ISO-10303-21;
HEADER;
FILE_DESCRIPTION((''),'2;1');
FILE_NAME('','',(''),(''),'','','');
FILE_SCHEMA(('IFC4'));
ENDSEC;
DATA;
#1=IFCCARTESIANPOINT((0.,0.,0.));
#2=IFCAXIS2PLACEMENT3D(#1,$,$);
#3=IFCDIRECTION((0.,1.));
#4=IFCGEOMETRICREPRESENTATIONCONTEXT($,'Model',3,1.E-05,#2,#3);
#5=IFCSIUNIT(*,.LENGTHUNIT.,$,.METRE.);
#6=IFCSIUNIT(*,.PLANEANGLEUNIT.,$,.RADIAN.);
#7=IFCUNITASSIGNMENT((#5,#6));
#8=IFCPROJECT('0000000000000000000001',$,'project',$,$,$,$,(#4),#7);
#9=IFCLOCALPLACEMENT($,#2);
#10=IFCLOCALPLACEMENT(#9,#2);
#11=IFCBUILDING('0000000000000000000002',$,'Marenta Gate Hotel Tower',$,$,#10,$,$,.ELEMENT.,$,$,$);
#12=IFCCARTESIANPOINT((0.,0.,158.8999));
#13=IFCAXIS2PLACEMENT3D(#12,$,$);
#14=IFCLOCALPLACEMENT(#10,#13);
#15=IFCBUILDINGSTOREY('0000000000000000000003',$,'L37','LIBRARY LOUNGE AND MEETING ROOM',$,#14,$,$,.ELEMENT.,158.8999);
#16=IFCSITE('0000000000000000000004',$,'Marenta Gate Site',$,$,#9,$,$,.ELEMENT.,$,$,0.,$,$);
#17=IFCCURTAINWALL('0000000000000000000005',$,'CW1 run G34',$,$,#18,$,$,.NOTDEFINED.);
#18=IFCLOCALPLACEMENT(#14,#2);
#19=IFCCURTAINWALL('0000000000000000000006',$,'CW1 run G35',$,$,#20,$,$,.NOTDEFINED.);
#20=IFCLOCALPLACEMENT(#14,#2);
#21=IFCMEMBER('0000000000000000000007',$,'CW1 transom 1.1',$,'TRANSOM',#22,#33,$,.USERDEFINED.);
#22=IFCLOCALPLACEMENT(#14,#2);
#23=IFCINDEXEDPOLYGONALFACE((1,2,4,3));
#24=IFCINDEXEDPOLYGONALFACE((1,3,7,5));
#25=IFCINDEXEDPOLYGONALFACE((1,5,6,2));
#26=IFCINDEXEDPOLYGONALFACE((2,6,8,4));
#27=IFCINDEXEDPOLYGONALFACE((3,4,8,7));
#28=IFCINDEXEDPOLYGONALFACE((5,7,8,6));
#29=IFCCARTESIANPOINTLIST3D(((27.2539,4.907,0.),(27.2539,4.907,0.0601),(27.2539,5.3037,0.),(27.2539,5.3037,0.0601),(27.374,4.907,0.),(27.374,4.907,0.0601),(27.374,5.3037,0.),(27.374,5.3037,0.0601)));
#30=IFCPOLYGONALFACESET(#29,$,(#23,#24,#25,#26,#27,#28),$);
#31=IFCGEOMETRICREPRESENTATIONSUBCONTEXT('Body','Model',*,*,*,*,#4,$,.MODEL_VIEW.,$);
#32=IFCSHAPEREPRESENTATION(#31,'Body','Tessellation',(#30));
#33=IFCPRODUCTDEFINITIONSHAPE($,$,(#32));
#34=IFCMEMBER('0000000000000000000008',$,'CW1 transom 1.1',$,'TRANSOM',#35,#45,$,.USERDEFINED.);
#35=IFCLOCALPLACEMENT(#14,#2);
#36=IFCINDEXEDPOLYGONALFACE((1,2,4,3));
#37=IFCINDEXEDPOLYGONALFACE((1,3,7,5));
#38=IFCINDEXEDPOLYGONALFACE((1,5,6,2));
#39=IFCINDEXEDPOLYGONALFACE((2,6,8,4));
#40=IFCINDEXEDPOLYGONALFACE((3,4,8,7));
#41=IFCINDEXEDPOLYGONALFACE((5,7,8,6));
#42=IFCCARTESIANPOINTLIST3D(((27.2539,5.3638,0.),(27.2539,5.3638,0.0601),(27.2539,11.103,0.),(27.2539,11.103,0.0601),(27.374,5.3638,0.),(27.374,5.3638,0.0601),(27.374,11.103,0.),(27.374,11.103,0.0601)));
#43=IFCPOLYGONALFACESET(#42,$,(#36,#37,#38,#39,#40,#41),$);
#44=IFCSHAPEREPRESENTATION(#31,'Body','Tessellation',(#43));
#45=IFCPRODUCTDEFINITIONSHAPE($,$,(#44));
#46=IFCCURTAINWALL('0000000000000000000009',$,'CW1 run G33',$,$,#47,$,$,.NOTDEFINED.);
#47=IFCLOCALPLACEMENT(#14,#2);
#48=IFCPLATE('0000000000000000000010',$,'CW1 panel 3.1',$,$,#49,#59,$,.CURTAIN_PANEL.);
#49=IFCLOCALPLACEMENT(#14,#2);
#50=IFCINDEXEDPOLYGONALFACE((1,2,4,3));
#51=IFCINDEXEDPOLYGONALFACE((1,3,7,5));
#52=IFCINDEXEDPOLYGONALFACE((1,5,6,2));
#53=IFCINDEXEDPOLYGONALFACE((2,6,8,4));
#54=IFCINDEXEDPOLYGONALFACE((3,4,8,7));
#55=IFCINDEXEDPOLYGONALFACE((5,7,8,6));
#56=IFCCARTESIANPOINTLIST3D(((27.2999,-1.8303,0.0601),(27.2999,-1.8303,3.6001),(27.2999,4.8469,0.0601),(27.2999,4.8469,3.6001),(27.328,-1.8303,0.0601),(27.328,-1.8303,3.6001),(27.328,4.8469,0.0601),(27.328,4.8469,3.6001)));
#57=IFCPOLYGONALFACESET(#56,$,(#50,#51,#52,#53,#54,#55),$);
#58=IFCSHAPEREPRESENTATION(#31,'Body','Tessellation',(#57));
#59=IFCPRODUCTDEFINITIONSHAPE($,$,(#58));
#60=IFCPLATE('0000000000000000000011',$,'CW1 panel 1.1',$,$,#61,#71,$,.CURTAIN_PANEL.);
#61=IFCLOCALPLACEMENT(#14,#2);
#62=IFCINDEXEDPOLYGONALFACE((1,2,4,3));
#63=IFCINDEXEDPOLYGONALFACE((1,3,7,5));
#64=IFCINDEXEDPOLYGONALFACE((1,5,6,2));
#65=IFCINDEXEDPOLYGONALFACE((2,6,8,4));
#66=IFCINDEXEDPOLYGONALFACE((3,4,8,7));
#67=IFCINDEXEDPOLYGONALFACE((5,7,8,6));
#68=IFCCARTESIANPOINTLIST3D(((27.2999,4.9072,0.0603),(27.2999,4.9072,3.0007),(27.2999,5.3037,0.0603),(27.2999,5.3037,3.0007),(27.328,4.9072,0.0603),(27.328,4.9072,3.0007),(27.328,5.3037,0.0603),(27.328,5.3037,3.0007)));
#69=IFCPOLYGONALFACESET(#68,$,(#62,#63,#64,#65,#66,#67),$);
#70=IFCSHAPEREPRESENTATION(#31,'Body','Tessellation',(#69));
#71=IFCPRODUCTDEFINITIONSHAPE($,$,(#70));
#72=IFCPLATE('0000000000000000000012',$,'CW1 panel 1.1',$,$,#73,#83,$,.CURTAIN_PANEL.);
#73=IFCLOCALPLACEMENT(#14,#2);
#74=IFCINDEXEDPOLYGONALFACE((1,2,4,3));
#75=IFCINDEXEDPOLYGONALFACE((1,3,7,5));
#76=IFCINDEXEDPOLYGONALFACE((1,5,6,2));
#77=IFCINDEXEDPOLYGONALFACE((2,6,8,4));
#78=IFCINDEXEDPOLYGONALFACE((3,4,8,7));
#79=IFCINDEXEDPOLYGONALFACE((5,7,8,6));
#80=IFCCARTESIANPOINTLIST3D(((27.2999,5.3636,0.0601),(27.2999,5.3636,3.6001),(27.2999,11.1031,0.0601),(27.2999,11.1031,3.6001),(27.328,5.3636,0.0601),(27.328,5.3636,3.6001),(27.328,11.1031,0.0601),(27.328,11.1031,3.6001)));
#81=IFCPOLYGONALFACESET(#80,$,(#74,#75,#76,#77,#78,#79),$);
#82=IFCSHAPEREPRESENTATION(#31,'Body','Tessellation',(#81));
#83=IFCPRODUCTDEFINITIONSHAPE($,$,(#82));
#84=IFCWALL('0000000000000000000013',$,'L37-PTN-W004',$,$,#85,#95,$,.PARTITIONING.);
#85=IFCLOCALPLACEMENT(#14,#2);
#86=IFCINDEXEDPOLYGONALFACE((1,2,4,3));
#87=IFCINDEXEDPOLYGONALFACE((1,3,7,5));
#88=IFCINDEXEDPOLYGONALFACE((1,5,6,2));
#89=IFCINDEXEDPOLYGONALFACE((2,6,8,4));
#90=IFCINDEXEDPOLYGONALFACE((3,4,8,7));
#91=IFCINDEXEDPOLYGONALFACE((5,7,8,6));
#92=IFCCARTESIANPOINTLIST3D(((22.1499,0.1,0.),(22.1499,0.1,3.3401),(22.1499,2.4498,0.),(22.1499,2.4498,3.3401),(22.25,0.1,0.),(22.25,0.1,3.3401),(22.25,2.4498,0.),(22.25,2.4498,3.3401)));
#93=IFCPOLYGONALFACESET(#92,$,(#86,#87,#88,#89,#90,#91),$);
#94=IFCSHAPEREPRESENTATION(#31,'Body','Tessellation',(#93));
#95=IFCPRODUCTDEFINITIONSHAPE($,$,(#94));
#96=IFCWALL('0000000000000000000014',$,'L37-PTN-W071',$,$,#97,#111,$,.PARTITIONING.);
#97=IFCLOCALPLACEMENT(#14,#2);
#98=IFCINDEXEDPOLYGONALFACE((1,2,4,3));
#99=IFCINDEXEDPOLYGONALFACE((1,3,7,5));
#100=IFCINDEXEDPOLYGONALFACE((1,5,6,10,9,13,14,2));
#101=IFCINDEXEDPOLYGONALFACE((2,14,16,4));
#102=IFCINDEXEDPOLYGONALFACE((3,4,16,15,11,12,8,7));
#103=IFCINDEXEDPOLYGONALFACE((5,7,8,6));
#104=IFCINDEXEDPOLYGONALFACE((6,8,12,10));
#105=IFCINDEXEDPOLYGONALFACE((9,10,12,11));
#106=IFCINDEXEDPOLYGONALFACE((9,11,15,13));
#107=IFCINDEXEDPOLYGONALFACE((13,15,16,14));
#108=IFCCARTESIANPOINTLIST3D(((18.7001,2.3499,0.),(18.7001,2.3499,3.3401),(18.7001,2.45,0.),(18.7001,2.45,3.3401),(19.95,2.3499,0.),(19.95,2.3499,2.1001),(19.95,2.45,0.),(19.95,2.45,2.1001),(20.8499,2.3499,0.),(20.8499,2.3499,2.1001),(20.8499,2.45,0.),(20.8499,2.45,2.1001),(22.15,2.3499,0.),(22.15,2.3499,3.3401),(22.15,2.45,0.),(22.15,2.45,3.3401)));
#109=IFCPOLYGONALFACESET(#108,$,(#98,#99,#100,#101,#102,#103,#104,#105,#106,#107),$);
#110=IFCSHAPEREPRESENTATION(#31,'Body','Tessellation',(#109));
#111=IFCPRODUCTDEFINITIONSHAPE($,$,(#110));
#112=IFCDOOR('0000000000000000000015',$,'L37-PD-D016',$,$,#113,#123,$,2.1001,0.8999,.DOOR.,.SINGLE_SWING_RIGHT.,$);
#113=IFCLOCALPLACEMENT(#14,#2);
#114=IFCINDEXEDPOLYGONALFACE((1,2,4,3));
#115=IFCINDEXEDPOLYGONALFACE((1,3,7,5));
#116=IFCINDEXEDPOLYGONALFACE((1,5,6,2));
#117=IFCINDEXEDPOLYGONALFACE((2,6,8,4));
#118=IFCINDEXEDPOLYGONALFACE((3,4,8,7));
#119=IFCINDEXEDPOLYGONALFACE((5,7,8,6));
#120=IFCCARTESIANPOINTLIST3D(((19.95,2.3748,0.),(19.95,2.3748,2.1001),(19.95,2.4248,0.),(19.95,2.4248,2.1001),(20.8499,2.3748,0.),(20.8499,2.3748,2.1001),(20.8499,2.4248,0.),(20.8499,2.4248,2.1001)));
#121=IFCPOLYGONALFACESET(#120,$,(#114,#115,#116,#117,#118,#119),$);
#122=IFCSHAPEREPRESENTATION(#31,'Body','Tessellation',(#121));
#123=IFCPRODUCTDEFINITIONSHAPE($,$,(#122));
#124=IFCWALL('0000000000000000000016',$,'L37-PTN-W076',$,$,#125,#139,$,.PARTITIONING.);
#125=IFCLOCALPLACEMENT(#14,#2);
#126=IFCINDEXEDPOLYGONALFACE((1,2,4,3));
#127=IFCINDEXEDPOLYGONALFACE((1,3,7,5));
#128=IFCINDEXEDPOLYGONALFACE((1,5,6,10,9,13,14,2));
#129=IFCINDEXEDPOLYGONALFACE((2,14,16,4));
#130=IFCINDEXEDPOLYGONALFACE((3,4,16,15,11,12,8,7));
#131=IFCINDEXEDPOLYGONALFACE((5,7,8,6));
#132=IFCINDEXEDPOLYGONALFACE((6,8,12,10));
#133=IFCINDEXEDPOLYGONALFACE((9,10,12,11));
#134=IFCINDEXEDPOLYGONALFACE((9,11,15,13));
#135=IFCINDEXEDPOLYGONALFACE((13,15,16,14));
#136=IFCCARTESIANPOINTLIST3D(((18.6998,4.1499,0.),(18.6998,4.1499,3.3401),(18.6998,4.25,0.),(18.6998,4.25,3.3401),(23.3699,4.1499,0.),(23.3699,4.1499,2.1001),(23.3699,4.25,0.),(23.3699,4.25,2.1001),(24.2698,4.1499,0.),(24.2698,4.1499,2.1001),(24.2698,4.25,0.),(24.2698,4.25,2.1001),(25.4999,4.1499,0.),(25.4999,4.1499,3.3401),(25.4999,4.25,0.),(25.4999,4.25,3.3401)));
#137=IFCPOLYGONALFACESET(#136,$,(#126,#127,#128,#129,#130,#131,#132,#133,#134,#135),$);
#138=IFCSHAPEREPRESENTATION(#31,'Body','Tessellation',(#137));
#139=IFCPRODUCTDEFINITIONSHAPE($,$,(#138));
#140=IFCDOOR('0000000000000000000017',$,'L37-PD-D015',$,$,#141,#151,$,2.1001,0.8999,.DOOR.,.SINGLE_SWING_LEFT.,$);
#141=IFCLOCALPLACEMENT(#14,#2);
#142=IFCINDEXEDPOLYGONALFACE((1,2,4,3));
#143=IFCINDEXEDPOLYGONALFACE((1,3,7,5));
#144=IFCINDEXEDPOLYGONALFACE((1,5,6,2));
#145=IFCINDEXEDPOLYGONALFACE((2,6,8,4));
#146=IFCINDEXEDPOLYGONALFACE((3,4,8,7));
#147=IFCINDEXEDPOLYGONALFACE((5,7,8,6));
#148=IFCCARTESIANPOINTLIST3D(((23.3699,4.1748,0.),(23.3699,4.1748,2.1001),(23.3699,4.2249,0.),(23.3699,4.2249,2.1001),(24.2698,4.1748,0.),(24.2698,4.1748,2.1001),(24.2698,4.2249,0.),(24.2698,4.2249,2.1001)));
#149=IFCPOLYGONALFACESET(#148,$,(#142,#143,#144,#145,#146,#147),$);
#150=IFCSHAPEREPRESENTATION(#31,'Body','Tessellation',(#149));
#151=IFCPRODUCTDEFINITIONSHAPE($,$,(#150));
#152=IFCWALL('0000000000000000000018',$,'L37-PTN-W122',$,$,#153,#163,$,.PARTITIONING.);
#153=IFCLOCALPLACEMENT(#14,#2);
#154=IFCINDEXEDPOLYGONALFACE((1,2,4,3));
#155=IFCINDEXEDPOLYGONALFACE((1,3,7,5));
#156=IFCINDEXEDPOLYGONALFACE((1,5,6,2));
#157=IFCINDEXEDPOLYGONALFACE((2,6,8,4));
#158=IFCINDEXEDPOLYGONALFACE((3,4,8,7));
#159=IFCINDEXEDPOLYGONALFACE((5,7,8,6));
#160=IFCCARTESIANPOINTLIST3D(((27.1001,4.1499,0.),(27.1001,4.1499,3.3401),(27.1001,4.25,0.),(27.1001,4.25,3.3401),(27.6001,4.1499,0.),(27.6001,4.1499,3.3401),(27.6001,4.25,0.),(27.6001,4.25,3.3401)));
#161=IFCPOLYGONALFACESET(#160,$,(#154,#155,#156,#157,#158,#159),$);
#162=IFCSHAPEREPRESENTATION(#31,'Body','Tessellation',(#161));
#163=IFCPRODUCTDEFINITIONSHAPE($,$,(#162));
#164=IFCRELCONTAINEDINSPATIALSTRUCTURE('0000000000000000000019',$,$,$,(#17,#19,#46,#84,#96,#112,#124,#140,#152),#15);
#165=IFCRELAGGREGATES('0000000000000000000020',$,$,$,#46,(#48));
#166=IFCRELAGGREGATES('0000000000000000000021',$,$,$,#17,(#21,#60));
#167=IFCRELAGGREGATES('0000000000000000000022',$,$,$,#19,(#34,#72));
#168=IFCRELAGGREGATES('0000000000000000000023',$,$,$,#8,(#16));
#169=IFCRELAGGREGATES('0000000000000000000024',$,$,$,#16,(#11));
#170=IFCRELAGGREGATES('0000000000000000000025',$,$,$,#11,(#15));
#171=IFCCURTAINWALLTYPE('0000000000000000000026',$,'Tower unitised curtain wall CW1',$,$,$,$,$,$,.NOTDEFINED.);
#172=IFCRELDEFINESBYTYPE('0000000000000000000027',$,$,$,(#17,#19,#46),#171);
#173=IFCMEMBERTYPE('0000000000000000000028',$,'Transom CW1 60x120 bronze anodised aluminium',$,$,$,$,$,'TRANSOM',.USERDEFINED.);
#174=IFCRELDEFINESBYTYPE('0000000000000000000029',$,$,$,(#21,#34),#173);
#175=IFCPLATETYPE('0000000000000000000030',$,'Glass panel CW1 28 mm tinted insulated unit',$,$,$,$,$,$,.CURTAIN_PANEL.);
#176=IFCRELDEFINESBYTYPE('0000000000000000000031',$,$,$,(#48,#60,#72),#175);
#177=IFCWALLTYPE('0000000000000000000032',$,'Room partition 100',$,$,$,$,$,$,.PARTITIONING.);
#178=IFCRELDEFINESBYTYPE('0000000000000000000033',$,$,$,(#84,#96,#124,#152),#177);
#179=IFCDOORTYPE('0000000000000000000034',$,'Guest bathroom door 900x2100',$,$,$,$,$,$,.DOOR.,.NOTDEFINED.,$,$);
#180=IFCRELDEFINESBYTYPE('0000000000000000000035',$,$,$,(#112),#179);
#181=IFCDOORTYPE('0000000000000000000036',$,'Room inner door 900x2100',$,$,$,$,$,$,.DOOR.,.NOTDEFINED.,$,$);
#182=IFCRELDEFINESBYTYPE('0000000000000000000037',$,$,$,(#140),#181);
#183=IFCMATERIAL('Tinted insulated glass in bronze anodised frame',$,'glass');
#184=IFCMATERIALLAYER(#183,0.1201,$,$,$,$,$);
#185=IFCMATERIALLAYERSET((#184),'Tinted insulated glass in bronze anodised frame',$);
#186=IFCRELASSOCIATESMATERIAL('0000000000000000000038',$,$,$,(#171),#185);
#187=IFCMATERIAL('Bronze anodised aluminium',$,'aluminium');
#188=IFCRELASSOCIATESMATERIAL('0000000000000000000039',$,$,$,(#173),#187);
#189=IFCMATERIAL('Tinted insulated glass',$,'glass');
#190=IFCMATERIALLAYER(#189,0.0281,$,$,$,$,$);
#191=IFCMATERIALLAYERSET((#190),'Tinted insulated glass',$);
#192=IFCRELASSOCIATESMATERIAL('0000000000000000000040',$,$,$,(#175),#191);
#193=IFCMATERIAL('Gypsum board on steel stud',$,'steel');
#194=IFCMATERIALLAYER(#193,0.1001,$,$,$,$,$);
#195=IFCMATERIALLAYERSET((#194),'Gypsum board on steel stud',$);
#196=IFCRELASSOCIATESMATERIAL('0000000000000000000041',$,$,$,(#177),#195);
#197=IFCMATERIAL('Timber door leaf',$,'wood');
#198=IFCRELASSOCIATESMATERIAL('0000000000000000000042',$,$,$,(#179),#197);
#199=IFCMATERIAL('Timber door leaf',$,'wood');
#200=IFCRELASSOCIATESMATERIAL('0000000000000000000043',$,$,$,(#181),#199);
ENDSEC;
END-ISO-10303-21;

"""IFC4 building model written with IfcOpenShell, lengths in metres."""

from ifc_helpers import new_model, si_unit, direction, frame, frame_2d, origin, origin_2d, place, context, subcontext, project, spatial, rectangle, extrude, material, layer, layer_set, material_profile, profile_set, type_object, element, fill, aggregate, save


model = new_model("IFC4")

# Units and contexts
model_context = context("Model", 3, precision=1e-05, world=origin(), true_north=direction((0.0, 1.0)))
body_context = subcontext(model_context, "Body", "Model", "MODEL_VIEW")
ifc_project = project(units=[si_unit("LENGTHUNIT", "METRE"), si_unit("PLANEANGLEUNIT", "RADIAN")], contexts=[model_context])

# Site, building, storey
site_placement = place(None, origin())
site = spatial("IfcSite", under=ifc_project, at=site_placement, Name="Marenta Gate Site", CompositionType="ELEMENT", RefElevation=0.0)
building_placement = place(site_placement, origin())
building = spatial("IfcBuilding", under=site, at=building_placement, Name="Marenta Gate Hotel Tower", CompositionType="ELEMENT")
storey_placement = place(building_placement, frame((0.0, 0.0, 158.8999)))
storey = spatial("IfcBuildingStorey", under=building, at=storey_placement, Name="L37", Description="LIBRARY LOUNGE AND MEETING ROOM", CompositionType="ELEMENT", Elevation=158.8999)

# Curtain walls
ifc_material_1 = material(Name="Tinted insulated glass in bronze anodised frame", Category="glass")
ifc_layer_1 = layer(ifc_material_1, 0.1201)
ifc_layer_set_1 = layer_set([ifc_layer_1], Name="Tinted insulated glass in bronze anodised frame")
curtain_wall_type = type_object("IfcCurtainWallType", Name="Tower unitised curtain wall CW1", PredefinedType="NOTDEFINED", material=ifc_layer_set_1)
curtain_wall_1_placement = place(storey_placement, origin())
curtain_wall_1 = element("IfcCurtainWall", 1, at=curtain_wall_1_placement, inside=storey, type_object=curtain_wall_type, Name="CW1 run G34", PredefinedType="NOTDEFINED")
curtain_wall_2_placement = place(storey_placement, origin())
curtain_wall_2 = element("IfcCurtainWall", 2, at=curtain_wall_2_placement, inside=storey, type_object=curtain_wall_type, Name="CW1 run G35", PredefinedType="NOTDEFINED")

# Members
ifc_material_2 = material(Name="Bronze anodised aluminium", Category="aluminium")
ifc_material_profile_1 = material_profile(ifc_material_2, rectangle(XDim=0.1201, YDim=0.0601, at=origin_2d()), Name="Transom CW1 60x120 bronze anodised aluminium")
ifc_profile_set_1 = profile_set([ifc_material_profile_1], Name="Bronze anodised aluminium")
member_type_1 = type_object("IfcMemberType", Name="Transom CW1 60x120 bronze anodised aluminium", ElementType="TRANSOM", PredefinedType="USERDEFINED", material=ifc_profile_set_1)
member_1_placement = place(storey_placement, frame((27.314, 4.907, 0.03), z_axis=(0.0, 1.0, 0.0), x_axis=(-1.0, 0.0, 0.0)))
member_1 = element("IfcMember", 3, at=member_1_placement, type_object=member_type_1, Name="CW1 transom 1.1", ObjectType="TRANSOM", PredefinedType="USERDEFINED", context=body_context, shape_type="SweptSolid", body=[
    extrude(rectangle(XDim=0.1201, YDim=0.0601, at=origin_2d()), origin(), (0.0, 0.0, 1.0), 0.3967),
])
member_2_placement = place(storey_placement, frame((27.314, 5.3638, 0.03), z_axis=(0.0, 1.0, 0.0), x_axis=(-1.0, 0.0, 0.0)))
member_2 = element("IfcMember", 4, at=member_2_placement, type_object=member_type_1, Name="CW1 transom 1.1", ObjectType="TRANSOM", PredefinedType="USERDEFINED", context=body_context, shape_type="SweptSolid", body=[
    extrude(rectangle(XDim=0.1201, YDim=0.0601, at=origin_2d()), origin(), (0.0, 0.0, 1.0), 5.7393),
])

# Curtain wall, plate
curtain_wall_3_placement = place(storey_placement, origin())
curtain_wall_3 = element("IfcCurtainWall", 5, at=curtain_wall_3_placement, inside=storey, type_object=curtain_wall_type, Name="CW1 run G33", PredefinedType="NOTDEFINED")
ifc_material_3 = material(Name="Tinted insulated glass", Category="glass")
ifc_layer_2 = layer(ifc_material_3, 0.0281)
ifc_layer_set_2 = layer_set([ifc_layer_2], Name="Tinted insulated glass")
plate_type = type_object("IfcPlateType", Name="Glass panel CW1 28 mm tinted insulated unit", PredefinedType="CURTAIN_PANEL", material=ifc_layer_set_2)
plate_1_placement = place(storey_placement, frame((27.314, 1.5083, 0.0601), z_axis=(0.0, 0.0, 1.0), x_axis=(0.0, 1.0, 0.0)))
plate_1 = element("IfcPlate", 6, at=plate_1_placement, type_object=plate_type, Name="CW1 panel 3.1", PredefinedType="CURTAIN_PANEL", context=body_context, shape_type="SweptSolid", body=[
    extrude(rectangle(XDim=6.6772, YDim=0.0281, at=origin_2d()), origin(), (0.0, 0.0, 1.0), 3.54),
])
aggregate(curtain_wall_3, [plate_1])

# Plates
plate_2_placement = place(storey_placement, frame((27.314, 5.1055, 0.0603), z_axis=(0.0, 0.0, 1.0), x_axis=(0.0, 1.0, 0.0)))
plate_2 = element("IfcPlate", 7, at=plate_2_placement, type_object=plate_type, Name="CW1 panel 1.1", PredefinedType="CURTAIN_PANEL", context=body_context, shape_type="SweptSolid", body=[
    extrude(rectangle(XDim=0.3965, YDim=0.0281, at=origin_2d()), origin(), (0.0, 0.0, 1.0), 2.9404),
])
aggregate(curtain_wall_1, [member_1, plate_2])
plate_3_placement = place(storey_placement, frame((27.314, 8.2334, 0.0601), z_axis=(0.0, 0.0, 1.0), x_axis=(0.0, 1.0, 0.0)))
plate_3 = element("IfcPlate", 8, at=plate_3_placement, type_object=plate_type, Name="CW1 panel 1.1", PredefinedType="CURTAIN_PANEL", context=body_context, shape_type="SweptSolid", body=[
    extrude(rectangle(XDim=5.7395, YDim=0.0281, at=origin_2d()), origin(), (0.0, 0.0, 1.0), 3.54),
])
aggregate(curtain_wall_2, [member_2, plate_3])

# Wall
ifc_material_4 = material(Name="Gypsum board on steel stud", Category="steel")
ifc_layer_3 = layer(ifc_material_4, 0.1001)
ifc_layer_set_3 = layer_set([ifc_layer_3], Name="Gypsum board on steel stud")
wall_type = type_object("IfcWallType", Name="Room partition 100", PredefinedType="PARTITIONING", material=ifc_layer_set_3)
wall_1_placement = place(storey_placement, frame((22.2, 0.1001, 0.0), z_axis=(0.0, 0.0, 1.0), x_axis=(0.0, 1.0, 0.0)))
element("IfcWall", 9, at=wall_1_placement, inside=storey, type_object=wall_type, Name="L37-PTN-W004", PredefinedType="PARTITIONING", context=body_context, shape_type="SweptSolid", body=[
    extrude(rectangle(XDim=2.3499, YDim=0.1001, at=frame_2d((1.1748, 0.0))), origin(), (0.0, 0.0, 1.0), 3.3401),
])

# Walls, openings, doors
wall_2_placement = place(storey_placement, frame((18.7, 2.3999, 0.0), z_axis=(0.0, 0.0, 1.0), x_axis=(1.0, 0.0, 0.0)))
wall_2 = element("IfcWall", 10, at=wall_2_placement, inside=storey, type_object=wall_type, Name="L37-PTN-W071", PredefinedType="PARTITIONING", context=body_context, shape_type="SweptSolid", body=[
    extrude(rectangle(XDim=3.45, YDim=0.1001, at=frame_2d((1.7251, 0.0))), origin(), (0.0, 0.0, 1.0), 3.3401),
])
opening_1_placement = place(wall_2_placement, frame((1.25, 0.0, 0.0)))
opening_1 = element("IfcOpeningElement", 11, at=opening_1_placement, cuts=wall_2, PredefinedType="OPENING", context=body_context, shape_type="SweptSolid", body=[
    extrude(rectangle(XDim=0.8999, YDim=2.1001, at=frame_2d((0.45, 1.05))), frame((0.0, 0.05, 0.0), z_axis=(0.0, -1.0, 0.0), x_axis=(1.0, 0.0, 0.0)), (0.0, 0.0, 1.0), 0.1001),
])
ifc_material_5 = material(Name="Timber door leaf", Category="wood")
door_type_1 = type_object("IfcDoorType", Name="Guest bathroom door 900x2100", OperationType="NOTDEFINED", PredefinedType="DOOR", material=ifc_material_5)
door_1_placement = place(opening_1_placement, origin())
door_1 = element("IfcDoor", 12, at=door_1_placement, inside=storey, type_object=door_type_1, Name="L37-PD-D016", OperationType="SINGLE_SWING_RIGHT", OverallHeight=2.1001, OverallWidth=0.8999, PredefinedType="DOOR", context=body_context, shape_type="SweptSolid", body=[
    extrude(rectangle(XDim=0.8999, YDim=2.1001, at=frame_2d((0.45, 1.05))), frame((0.0, 0.0249, 0.0), z_axis=(0.0, -1.0, 0.0), x_axis=(1.0, 0.0, 0.0)), (0.0, 0.0, 1.0), 0.05),
])
fill(opening_1, door_1)
wall_3_placement = place(storey_placement, frame((18.7, 4.2, 0.0), z_axis=(0.0, 0.0, 1.0), x_axis=(1.0, 0.0, 0.0)))
wall_3 = element("IfcWall", 13, at=wall_3_placement, inside=storey, type_object=wall_type, Name="L37-PTN-W076", PredefinedType="PARTITIONING", context=body_context, shape_type="SweptSolid", body=[
    extrude(rectangle(XDim=6.8, YDim=0.1001, at=frame_2d((3.3999, 0.0))), origin(), (0.0, 0.0, 1.0), 3.3401),
])
opening_2_placement = place(wall_3_placement, frame((4.6699, 0.0, 0.0)))
opening_2 = element("IfcOpeningElement", 14, at=opening_2_placement, cuts=wall_3, PredefinedType="OPENING", context=body_context, shape_type="SweptSolid", body=[
    extrude(rectangle(XDim=0.8999, YDim=2.1001, at=frame_2d((0.45, 1.05))), frame((0.0, 0.05, 0.0), z_axis=(0.0, -1.0, 0.0), x_axis=(1.0, 0.0, 0.0)), (0.0, 0.0, 1.0), 0.1001),
])
ifc_material_6 = material(Name="Timber door leaf", Category="wood")
door_type_2 = type_object("IfcDoorType", Name="Room inner door 900x2100", OperationType="NOTDEFINED", PredefinedType="DOOR", material=ifc_material_6)
door_2_placement = place(opening_2_placement, origin())
door_2 = element("IfcDoor", 15, at=door_2_placement, inside=storey, type_object=door_type_2, Name="L37-PD-D015", OperationType="SINGLE_SWING_LEFT", OverallHeight=2.1001, OverallWidth=0.8999, PredefinedType="DOOR", context=body_context, shape_type="SweptSolid", body=[
    extrude(rectangle(XDim=0.8999, YDim=2.1001, at=frame_2d((0.45, 1.05))), frame((0.0, 0.0249, 0.0), z_axis=(0.0, -1.0, 0.0), x_axis=(1.0, 0.0, 0.0)), (0.0, 0.0, 1.0), 0.05),
])
fill(opening_2, door_2)

# Wall
wall_4_placement = place(storey_placement, frame((27.1001, 4.2, 0.0), z_axis=(0.0, 0.0, 1.0), x_axis=(1.0, 0.0, 0.0)))
element("IfcWall", 16, at=wall_4_placement, inside=storey, type_object=wall_type, Name="L37-PTN-W122", PredefinedType="PARTITIONING", context=body_context, shape_type="SweptSolid", body=[
    extrude(rectangle(XDim=0.5, YDim=0.1001, at=frame_2d((0.25, 0.0))), origin(), (0.0, 0.0, 1.0), 3.3401),
])

save(model, "model.ifc")
